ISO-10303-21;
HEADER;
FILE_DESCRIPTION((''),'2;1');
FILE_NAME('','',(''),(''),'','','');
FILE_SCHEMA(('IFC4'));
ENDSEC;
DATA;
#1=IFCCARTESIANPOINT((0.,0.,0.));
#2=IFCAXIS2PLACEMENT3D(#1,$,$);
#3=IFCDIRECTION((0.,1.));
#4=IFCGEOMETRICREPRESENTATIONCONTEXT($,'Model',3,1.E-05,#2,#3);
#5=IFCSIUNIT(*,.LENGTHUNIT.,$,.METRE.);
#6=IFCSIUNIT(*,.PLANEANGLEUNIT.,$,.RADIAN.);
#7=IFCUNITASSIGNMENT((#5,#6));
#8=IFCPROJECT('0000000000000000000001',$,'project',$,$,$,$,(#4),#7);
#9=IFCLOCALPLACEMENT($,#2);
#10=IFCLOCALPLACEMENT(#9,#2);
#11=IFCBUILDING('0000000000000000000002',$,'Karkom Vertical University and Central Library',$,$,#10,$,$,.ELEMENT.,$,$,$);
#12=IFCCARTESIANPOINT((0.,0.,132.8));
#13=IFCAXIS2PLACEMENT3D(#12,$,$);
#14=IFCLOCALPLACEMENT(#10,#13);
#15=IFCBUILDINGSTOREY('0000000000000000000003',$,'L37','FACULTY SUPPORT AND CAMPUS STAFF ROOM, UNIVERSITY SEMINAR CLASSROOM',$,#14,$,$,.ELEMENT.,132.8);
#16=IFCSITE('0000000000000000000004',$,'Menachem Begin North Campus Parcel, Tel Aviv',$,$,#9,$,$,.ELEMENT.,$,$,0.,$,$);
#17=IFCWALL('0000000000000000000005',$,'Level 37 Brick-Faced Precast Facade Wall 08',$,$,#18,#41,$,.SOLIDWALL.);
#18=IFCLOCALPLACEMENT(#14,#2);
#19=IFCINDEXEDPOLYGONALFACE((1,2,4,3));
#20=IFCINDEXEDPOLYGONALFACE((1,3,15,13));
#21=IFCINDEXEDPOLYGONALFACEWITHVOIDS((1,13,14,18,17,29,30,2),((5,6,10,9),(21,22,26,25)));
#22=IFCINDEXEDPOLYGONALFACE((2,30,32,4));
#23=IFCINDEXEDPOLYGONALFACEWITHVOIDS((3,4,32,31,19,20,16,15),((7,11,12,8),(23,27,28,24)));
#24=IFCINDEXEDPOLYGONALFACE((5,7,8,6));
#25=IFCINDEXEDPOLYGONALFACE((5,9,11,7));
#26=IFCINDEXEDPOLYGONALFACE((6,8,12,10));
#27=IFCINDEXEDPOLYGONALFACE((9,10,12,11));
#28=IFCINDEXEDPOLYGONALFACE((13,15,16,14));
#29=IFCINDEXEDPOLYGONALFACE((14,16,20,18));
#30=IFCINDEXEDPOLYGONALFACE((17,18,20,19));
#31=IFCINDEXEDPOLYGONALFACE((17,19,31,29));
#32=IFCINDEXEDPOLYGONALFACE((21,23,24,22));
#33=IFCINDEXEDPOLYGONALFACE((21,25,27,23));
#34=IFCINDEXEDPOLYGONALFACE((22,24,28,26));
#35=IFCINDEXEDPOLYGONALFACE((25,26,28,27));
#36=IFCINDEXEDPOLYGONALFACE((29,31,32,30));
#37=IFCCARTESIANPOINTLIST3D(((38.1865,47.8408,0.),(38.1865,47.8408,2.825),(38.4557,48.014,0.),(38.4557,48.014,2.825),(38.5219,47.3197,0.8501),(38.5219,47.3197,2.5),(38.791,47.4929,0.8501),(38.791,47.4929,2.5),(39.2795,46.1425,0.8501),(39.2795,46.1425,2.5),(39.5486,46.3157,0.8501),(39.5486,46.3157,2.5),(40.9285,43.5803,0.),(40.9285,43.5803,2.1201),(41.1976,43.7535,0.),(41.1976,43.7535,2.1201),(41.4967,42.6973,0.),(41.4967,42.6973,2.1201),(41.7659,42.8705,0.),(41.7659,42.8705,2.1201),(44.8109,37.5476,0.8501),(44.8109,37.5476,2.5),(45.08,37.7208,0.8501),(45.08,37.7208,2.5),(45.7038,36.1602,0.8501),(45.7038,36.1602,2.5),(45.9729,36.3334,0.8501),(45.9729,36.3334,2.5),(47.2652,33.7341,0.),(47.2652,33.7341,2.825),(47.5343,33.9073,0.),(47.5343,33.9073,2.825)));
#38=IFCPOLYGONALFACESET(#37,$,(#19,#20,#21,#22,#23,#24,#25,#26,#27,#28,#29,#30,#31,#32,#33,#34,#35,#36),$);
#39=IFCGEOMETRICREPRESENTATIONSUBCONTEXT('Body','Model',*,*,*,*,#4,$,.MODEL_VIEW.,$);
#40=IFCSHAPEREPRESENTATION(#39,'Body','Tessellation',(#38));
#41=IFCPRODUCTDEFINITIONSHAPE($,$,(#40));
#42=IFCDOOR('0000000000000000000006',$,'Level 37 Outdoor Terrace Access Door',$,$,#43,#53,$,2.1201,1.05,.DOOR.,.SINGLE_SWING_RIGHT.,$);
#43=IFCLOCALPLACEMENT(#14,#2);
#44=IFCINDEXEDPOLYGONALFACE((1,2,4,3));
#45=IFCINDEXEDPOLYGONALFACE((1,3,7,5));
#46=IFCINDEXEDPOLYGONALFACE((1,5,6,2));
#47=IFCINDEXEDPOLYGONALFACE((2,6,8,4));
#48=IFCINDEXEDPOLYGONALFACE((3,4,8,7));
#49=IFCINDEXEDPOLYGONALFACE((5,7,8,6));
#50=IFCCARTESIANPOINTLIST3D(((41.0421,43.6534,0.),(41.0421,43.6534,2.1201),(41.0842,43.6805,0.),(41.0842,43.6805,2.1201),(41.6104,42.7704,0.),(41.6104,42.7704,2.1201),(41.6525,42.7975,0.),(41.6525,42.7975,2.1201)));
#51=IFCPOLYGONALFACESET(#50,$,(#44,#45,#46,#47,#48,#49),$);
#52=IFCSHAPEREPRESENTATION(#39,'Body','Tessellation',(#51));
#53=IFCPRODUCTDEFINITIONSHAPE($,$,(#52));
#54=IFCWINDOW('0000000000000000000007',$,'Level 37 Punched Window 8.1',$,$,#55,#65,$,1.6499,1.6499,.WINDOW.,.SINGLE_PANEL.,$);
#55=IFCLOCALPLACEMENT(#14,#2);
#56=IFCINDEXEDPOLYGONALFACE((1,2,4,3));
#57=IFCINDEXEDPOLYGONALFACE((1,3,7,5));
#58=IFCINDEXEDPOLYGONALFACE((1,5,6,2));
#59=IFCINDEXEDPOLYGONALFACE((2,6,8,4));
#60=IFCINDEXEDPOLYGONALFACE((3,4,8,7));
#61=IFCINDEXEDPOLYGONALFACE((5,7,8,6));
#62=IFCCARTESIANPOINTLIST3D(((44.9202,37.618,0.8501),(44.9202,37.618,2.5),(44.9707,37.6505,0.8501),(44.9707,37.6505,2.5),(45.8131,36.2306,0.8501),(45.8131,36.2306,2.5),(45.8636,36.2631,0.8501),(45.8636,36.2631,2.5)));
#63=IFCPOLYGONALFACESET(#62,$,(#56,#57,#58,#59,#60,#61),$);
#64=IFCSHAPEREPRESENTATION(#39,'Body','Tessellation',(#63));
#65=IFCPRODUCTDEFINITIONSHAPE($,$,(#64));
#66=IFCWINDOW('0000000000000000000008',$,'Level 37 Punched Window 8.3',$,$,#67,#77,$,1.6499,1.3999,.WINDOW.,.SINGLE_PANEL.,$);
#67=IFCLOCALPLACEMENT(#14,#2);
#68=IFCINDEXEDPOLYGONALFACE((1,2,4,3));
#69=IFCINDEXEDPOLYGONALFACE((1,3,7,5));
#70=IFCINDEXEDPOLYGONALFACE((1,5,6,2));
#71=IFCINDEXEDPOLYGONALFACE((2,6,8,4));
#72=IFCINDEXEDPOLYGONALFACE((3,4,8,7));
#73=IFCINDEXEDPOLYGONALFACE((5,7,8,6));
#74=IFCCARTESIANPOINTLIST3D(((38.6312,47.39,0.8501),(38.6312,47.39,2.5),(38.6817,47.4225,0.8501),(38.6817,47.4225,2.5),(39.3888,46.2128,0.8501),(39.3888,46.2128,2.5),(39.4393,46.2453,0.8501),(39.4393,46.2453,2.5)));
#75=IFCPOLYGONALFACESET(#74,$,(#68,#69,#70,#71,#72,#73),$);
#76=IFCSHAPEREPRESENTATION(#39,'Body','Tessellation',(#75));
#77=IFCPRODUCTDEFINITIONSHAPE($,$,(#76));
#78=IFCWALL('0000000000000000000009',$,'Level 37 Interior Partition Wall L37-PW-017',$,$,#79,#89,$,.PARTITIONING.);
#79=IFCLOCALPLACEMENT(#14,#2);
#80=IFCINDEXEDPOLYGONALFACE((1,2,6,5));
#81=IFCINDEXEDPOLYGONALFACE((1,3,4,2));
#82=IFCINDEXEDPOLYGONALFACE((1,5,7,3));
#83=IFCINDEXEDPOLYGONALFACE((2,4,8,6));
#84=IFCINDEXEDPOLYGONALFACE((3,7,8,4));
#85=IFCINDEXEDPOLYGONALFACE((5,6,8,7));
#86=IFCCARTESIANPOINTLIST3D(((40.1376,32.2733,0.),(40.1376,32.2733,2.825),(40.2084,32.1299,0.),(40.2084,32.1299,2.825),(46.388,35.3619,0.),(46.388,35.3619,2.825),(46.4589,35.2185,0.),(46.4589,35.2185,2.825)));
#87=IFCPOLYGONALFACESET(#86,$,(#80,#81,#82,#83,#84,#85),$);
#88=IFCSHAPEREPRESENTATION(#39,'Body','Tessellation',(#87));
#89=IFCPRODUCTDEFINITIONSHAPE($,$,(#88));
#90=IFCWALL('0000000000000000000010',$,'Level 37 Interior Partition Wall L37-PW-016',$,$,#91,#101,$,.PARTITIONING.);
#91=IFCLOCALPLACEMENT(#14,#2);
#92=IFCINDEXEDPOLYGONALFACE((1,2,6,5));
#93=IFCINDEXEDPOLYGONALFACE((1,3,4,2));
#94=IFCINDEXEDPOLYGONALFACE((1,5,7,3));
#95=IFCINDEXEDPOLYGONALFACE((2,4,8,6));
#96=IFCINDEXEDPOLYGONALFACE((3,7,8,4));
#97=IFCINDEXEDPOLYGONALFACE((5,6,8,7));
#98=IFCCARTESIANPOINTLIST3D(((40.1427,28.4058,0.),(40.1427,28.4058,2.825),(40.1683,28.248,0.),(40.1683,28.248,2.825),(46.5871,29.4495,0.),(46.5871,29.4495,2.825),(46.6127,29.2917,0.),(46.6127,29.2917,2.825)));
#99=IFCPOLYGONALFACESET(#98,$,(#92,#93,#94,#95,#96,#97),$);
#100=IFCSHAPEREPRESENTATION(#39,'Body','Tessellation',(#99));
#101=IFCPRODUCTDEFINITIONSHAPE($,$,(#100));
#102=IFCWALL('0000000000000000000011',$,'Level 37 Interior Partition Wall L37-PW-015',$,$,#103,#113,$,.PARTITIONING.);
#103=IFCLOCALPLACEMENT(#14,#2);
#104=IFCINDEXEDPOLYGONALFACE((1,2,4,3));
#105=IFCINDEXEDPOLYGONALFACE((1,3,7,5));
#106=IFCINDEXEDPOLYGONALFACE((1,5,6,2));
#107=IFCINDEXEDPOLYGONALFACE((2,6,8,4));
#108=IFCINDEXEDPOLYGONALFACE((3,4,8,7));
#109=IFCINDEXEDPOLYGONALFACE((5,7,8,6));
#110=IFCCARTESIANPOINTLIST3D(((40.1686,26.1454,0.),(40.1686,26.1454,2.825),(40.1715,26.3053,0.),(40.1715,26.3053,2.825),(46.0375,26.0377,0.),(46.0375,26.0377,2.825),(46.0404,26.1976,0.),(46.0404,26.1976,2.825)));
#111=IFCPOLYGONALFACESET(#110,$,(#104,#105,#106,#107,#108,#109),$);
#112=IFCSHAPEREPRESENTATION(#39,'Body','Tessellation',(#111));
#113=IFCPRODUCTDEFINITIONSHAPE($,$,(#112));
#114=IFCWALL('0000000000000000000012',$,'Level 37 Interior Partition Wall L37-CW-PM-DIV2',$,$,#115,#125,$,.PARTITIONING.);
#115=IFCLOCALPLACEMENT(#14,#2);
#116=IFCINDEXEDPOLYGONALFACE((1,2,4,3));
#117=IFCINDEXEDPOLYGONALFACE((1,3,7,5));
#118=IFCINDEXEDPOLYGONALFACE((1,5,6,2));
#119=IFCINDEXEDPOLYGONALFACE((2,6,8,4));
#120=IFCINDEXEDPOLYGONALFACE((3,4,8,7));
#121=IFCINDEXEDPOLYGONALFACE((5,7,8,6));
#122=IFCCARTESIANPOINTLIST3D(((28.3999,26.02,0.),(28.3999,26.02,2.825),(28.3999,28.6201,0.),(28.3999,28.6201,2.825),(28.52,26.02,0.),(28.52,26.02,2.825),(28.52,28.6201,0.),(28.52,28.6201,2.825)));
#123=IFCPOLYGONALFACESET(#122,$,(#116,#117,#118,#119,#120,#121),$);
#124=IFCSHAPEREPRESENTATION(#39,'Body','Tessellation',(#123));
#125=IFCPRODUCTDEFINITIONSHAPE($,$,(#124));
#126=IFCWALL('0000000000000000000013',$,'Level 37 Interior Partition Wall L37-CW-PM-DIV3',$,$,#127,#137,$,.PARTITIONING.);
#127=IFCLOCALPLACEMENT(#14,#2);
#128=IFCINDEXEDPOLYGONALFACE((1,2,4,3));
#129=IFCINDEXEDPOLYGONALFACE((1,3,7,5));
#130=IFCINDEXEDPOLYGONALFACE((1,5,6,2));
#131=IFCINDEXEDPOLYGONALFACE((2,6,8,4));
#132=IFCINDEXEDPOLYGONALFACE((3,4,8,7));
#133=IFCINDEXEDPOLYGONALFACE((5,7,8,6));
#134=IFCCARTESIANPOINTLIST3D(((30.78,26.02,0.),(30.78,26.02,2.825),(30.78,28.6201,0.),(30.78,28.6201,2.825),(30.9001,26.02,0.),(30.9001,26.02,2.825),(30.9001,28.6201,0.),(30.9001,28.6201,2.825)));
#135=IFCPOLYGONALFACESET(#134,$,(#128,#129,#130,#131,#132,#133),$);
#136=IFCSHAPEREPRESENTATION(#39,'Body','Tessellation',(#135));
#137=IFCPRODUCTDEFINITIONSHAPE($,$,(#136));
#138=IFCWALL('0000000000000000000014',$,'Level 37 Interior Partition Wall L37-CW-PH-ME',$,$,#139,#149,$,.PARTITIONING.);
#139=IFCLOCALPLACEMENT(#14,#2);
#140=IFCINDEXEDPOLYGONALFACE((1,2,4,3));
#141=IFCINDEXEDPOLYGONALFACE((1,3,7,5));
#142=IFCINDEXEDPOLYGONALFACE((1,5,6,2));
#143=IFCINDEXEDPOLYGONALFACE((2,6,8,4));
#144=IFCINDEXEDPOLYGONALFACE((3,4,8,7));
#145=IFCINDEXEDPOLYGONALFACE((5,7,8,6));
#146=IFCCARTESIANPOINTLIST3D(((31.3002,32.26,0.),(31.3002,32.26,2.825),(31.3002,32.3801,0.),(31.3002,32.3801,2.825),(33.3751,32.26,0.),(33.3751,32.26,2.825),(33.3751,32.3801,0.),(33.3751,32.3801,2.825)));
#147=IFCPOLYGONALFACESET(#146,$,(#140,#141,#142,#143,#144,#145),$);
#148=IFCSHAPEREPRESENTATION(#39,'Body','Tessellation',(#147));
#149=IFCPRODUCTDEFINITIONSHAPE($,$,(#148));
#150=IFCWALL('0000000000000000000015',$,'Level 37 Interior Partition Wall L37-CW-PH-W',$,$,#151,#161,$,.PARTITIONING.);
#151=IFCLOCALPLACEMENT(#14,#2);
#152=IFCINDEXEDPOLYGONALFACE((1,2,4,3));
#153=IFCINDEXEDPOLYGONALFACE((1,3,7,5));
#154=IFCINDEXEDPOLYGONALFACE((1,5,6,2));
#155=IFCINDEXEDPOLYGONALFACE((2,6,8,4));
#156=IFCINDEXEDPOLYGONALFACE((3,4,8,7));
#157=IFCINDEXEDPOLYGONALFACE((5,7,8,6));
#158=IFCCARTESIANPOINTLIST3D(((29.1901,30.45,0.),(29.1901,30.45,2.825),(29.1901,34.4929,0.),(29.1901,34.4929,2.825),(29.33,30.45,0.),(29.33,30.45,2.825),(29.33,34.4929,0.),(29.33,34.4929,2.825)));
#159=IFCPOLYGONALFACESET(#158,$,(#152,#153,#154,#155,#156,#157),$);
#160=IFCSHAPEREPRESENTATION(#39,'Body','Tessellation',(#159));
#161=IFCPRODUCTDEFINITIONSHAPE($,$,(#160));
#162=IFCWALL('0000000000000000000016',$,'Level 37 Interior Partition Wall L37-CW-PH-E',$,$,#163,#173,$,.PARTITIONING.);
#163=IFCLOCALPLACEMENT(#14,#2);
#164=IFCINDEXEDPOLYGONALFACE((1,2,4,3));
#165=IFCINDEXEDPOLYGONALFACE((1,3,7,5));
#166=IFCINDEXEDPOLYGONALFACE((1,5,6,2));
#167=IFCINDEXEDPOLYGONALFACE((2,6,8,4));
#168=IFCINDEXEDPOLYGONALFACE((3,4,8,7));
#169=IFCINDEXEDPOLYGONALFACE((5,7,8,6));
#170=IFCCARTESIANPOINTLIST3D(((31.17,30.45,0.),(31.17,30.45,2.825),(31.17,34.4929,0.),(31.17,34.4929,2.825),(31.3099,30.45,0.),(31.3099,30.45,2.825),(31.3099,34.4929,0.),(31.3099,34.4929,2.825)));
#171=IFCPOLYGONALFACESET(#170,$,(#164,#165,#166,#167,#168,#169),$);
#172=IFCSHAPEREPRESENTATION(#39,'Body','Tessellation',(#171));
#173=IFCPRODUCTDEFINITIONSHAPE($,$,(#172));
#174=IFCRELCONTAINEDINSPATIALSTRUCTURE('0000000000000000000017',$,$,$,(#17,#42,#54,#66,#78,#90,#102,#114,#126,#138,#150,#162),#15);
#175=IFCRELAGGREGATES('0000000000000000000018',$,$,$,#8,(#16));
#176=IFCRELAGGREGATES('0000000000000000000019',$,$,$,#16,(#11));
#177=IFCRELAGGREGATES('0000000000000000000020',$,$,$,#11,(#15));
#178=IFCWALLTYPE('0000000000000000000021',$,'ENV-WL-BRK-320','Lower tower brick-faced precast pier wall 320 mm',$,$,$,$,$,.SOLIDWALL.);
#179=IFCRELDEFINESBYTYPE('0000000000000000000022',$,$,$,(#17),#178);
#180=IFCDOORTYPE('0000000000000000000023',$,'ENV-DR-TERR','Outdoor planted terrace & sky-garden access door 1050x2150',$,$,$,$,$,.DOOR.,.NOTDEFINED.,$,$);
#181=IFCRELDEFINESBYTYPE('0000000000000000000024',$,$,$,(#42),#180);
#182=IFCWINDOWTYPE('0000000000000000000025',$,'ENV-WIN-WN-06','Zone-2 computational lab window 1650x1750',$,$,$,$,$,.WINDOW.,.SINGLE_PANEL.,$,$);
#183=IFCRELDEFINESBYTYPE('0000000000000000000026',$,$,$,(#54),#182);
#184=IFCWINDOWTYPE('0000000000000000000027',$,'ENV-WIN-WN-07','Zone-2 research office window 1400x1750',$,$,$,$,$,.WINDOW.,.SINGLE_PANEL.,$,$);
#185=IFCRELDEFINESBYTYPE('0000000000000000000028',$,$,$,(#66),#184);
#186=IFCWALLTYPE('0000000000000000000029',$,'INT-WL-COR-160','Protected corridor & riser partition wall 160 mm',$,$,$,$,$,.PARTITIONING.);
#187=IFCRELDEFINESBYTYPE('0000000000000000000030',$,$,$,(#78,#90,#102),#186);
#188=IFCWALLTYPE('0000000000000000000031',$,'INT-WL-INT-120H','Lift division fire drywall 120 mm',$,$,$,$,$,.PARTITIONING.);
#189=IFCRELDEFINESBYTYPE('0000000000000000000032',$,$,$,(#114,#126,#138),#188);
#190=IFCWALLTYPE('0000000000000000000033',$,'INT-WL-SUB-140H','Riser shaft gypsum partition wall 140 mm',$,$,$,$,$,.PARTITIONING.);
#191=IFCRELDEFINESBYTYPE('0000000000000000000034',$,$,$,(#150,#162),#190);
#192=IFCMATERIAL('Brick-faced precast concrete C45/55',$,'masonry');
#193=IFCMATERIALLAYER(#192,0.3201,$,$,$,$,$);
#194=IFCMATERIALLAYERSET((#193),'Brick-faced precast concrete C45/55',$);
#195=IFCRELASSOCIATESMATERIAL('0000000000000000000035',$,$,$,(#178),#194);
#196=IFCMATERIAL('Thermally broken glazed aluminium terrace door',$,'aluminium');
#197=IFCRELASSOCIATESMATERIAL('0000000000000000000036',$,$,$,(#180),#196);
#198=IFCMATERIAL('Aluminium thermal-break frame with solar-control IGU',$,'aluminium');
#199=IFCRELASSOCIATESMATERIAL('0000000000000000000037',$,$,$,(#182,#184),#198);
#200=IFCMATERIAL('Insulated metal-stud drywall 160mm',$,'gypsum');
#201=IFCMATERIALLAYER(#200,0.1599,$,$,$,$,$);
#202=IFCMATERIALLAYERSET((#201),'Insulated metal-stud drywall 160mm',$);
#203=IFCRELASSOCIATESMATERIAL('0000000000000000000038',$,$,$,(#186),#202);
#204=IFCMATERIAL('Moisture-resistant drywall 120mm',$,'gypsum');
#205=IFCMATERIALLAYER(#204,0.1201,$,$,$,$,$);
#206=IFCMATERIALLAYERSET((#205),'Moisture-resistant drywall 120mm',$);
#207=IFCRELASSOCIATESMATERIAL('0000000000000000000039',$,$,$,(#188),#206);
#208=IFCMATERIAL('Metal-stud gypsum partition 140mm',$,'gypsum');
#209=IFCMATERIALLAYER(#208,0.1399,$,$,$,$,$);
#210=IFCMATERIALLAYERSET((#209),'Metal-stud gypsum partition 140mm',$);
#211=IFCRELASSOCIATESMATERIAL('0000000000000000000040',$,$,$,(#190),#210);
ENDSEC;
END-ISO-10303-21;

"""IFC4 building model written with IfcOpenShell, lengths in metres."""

from ifc_helpers import new_model, si_unit, direction, frame, frame_2d, origin, origin_with_axes, place, context, subcontext, project, spatial, rectangle, extrude, source, transform, mapped, material, layer, layer_set, type_object, element, fill, save


model = new_model("IFC4")

# Units and contexts
model_context = context("Model", 3, precision=1e-05, world=origin(), true_north=direction((0.0, 1.0)))
body_context = subcontext(model_context, "Body", "Model", "MODEL_VIEW")
ifc_project = project(units=[si_unit("LENGTHUNIT", "METRE"), si_unit("PLANEANGLEUNIT", "RADIAN")], contexts=[model_context])

# Site, building, storey
site_placement = place(None, origin())
site = spatial("IfcSite", under=ifc_project, at=site_placement, Name="Menachem Begin North Campus Parcel, Tel Aviv", CompositionType="ELEMENT", RefElevation=0.0)
building_placement = place(site_placement, origin())
building = spatial("IfcBuilding", under=site, at=building_placement, Name="Karkom Vertical University and Central Library", CompositionType="ELEMENT")
storey_placement = place(building_placement, frame((0.0, 0.0, 132.8)))
storey = spatial("IfcBuildingStorey", under=building, at=storey_placement, Name="L37", Description="FACULTY SUPPORT AND CAMPUS STAFF ROOM, UNIVERSITY SEMINAR CLASSROOM", CompositionType="ELEMENT", Elevation=132.8)

# Wall, openings, door, windows
ifc_material_1 = material(Name="Brick-faced precast concrete C45/55", Category="masonry")
ifc_layer_1 = layer(ifc_material_1, 0.3201)
ifc_layer_set_1 = layer_set([ifc_layer_1], Name="Brick-faced precast concrete C45/55")
wall_type_1 = type_object("IfcWallType", Name="ENV-WL-BRK-320", Description="Lower tower brick-faced precast pier wall 320 mm", PredefinedType="SOLIDWALL", material=ifc_layer_set_1)
wall_1_placement = place(storey_placement, frame((47.3997, 33.8208, 0.0), z_axis=(0.0, 0.0, 1.0), x_axis=(-0.54118, 0.840906, 0.0)))
wall_1 = element("IfcWall", 1, at=wall_1_placement, inside=storey, type_object=wall_type_1, Name="Level 37 Brick-Faced Precast Facade Wall 08", PredefinedType="SOLIDWALL", context=body_context, shape_type="SweptSolid", body=[
    extrude(rectangle(XDim=16.7756, YDim=0.3201, at=frame_2d((8.3877, 0.0))), origin(), (0.0, 0.0, 1.0), 2.825),
])
opening_1_placement = place(wall_1_placement, frame((2.885, 0.0, 0.8501)))
opening_1 = element("IfcOpeningElement", 2, at=opening_1_placement, cuts=wall_1, PredefinedType="OPENING", context=body_context, shape_type="SweptSolid", body=[
    extrude(rectangle(XDim=1.6499, YDim=1.6499, at=frame_2d((0.825, 0.825))), frame((0.0, 0.1699, 0.0), z_axis=(0.0, -1.0, 0.0), x_axis=(1.0, 0.0, 0.0)), (0.0, 0.0, 1.0), 0.3401),
])
opening_2_placement = place(wall_1_placement, frame((14.7559, 0.0, 0.8501)))
opening_2 = element("IfcOpeningElement", 3, at=opening_2_placement, cuts=wall_1, PredefinedType="OPENING", context=body_context, shape_type="SweptSolid", body=[
    extrude(rectangle(XDim=1.3999, YDim=1.6499, at=frame_2d((0.7, 0.825))), frame((0.0, 0.1699, 0.0), z_axis=(0.0, -1.0, 0.0), x_axis=(1.0, 0.0, 0.0)), (0.0, 0.0, 1.0), 0.3401),
])
opening_3_placement = place(wall_1_placement, frame((10.6589, 0.0, 0.0)))
opening_3 = element("IfcOpeningElement", 4, at=opening_3_placement, cuts=wall_1, PredefinedType="OPENING", context=body_context, shape_type="SweptSolid", body=[
    extrude(rectangle(XDim=1.05, YDim=2.1201, at=frame_2d((0.5249, 1.0601))), frame((0.0, 0.1699, 0.0), z_axis=(0.0, -1.0, 0.0), x_axis=(1.0, 0.0, 0.0)), (0.0, 0.0, 1.0), 0.3401),
])
ifc_material_2 = material(Name="Thermally broken glazed aluminium terrace door", Category="aluminium")
door_type_1 = type_object("IfcDoorType", Name="ENV-DR-TERR", Description="Outdoor planted terrace & sky-garden access door 1050x2150", OperationType="NOTDEFINED", PredefinedType="DOOR", material=ifc_material_2)
shared_shape_1 = source(origin_with_axes(), body_context, "Body", "SweptSolid", [
    extrude(rectangle(XDim=1.05, YDim=2.1201, at=frame_2d((0.5249, 1.0601))), frame((0.0, 0.0249, 0.0), z_axis=(0.0, -1.0, 0.0), x_axis=(1.0, 0.0, 0.0)), (0.0, 0.0, 1.0), 0.05),
])
door_1_placement = place(opening_3_placement, origin())
door_1 = element("IfcDoor", 5, at=door_1_placement, inside=storey, type_object=door_type_1, Name="Level 37 Outdoor Terrace Access Door", OperationType="SINGLE_SWING_RIGHT", OverallHeight=2.1201, OverallWidth=1.05, PredefinedType="DOOR", context=body_context, shape_type="MappedRepresentation", body=[
    mapped(shared_shape_1, transform((0.0, 0.0, 0.0), scale=1.0)),
])
fill(opening_3, door_1)
ifc_material_3 = material(Name="Aluminium thermal-break frame with solar-control IGU", Category="aluminium")
window_type_1 = type_object("IfcWindowType", Name="ENV-WIN-WN-06", Description="Zone-2 computational lab window 1650x1750", PartitioningType="SINGLE_PANEL", PredefinedType="WINDOW", material=ifc_material_3)
shared_shape_2 = source(origin_with_axes(), body_context, "Body", "SweptSolid", [
    extrude(rectangle(XDim=1.6499, YDim=1.6499, at=frame_2d((0.825, 0.825))), frame((0.0, 0.03, 0.0), z_axis=(0.0, -1.0, 0.0), x_axis=(1.0, 0.0, 0.0)), (0.0, 0.0, 1.0), 0.0601),
])
window_1_placement = place(opening_1_placement, origin())
window_1 = element("IfcWindow", 6, at=window_1_placement, inside=storey, type_object=window_type_1, Name="Level 37 Punched Window 8.1", OverallHeight=1.6499, OverallWidth=1.6499, PartitioningType="SINGLE_PANEL", PredefinedType="WINDOW", context=body_context, shape_type="MappedRepresentation", body=[
    mapped(shared_shape_2, transform((0.0, 0.0, 0.0), scale=1.0)),
])
fill(opening_1, window_1)
window_type_2 = type_object("IfcWindowType", Name="ENV-WIN-WN-07", Description="Zone-2 research office window 1400x1750", PartitioningType="SINGLE_PANEL", PredefinedType="WINDOW", material=ifc_material_3)
shared_shape_3 = source(origin_with_axes(), body_context, "Body", "SweptSolid", [
    extrude(rectangle(XDim=1.3999, YDim=1.6499, at=frame_2d((0.7, 0.825))), frame((0.0, 0.03, 0.0), z_axis=(0.0, -1.0, 0.0), x_axis=(1.0, 0.0, 0.0)), (0.0, 0.0, 1.0), 0.0601),
])
window_2_placement = place(opening_2_placement, origin())
window_2 = element("IfcWindow", 7, at=window_2_placement, inside=storey, type_object=window_type_2, Name="Level 37 Punched Window 8.3", OverallHeight=1.6499, OverallWidth=1.3999, PartitioningType="SINGLE_PANEL", PredefinedType="WINDOW", context=body_context, shape_type="MappedRepresentation", body=[
    mapped(shared_shape_3, transform((0.0, 0.0, 0.0), scale=1.0)),
])
fill(opening_2, window_2)

# Walls
ifc_material_4 = material(Name="Insulated metal-stud drywall 160mm", Category="gypsum")
ifc_layer_2 = layer(ifc_material_4, 0.1599)
ifc_layer_set_2 = layer_set([ifc_layer_2], Name="Insulated metal-stud drywall 160mm")
wall_type_2 = type_object("IfcWallType", Name="INT-WL-COR-160", Description="Protected corridor & riser partition wall 160 mm", PredefinedType="PARTITIONING", material=ifc_layer_set_2)
wall_2_placement = place(storey_placement, frame((40.1731, 32.2017, 0.0), z_axis=(0.0, 0.0, 1.0), x_axis=(0.896518, 0.443007, 0.0)))
element("IfcWall", 8, at=wall_2_placement, inside=storey, type_object=wall_type_2, Name="Level 37 Interior Partition Wall L37-PW-017", PredefinedType="PARTITIONING", context=body_context, shape_type="SweptSolid", body=[
    extrude(rectangle(XDim=6.9719, YDim=0.1599, at=frame_2d((3.4858, 0.0))), origin(), (0.0, 0.0, 1.0), 2.825),
])
wall_3_placement = place(storey_placement, frame((40.1555, 28.3269, 0.0), z_axis=(0.0, 0.0, 1.0), x_axis=(0.987138, 0.159873, 0.0)))
element("IfcWall", 9, at=wall_3_placement, inside=storey, type_object=wall_type_2, Name="Level 37 Interior Partition Wall L37-PW-016", PredefinedType="PARTITIONING", context=body_context, shape_type="SweptSolid", body=[
    extrude(rectangle(XDim=6.5283, YDim=0.1599, at=frame_2d((3.2642, 0.0))), origin(), (0.0, 0.0, 1.0), 2.825),
])
wall_4_placement = place(storey_placement, frame((40.1699, 26.2253, 0.0), z_axis=(0.0, 0.0, 1.0), x_axis=(0.999832, -0.018342, 0.0)))
element("IfcWall", 10, at=wall_4_placement, inside=storey, type_object=wall_type_2, Name="Level 37 Interior Partition Wall L37-PW-015", PredefinedType="PARTITIONING", context=body_context, shape_type="SweptSolid", body=[
    extrude(rectangle(XDim=5.8699, YDim=0.1599, at=frame_2d((2.9351, 0.0))), origin(), (0.0, 0.0, 1.0), 2.825),
])
ifc_material_5 = material(Name="Moisture-resistant drywall 120mm", Category="gypsum")
ifc_layer_3 = layer(ifc_material_5, 0.1201)
ifc_layer_set_3 = layer_set([ifc_layer_3], Name="Moisture-resistant drywall 120mm")
wall_type_3 = type_object("IfcWallType", Name="INT-WL-INT-120H", Description="Lift division fire drywall 120 mm", PredefinedType="PARTITIONING", material=ifc_layer_set_3)
for number, where, z_axis, x_axis, name in (
    (11, (28.46, 26.02, 0.0), (0.0, 0.0, 1.0), (0.0, 1.0, 0.0), "Level 37 Interior Partition Wall L37-CW-PM-DIV2"),
    (12, (30.8401, 26.02, 0.0), (0.0, 0.0, 1.0), (0.0, 1.0, 0.0), "Level 37 Interior Partition Wall L37-CW-PM-DIV3"),
):
    element("IfcWall", number, at=place(storey_placement, frame(where, z_axis=z_axis, x_axis=x_axis)), inside=storey, type_object=wall_type_3, Name=name, PredefinedType="PARTITIONING", context=body_context, shape_type="SweptSolid", body=[
        extrude(rectangle(XDim=2.6001, YDim=0.1201, at=frame_2d((1.3, 0.0))), origin(), (0.0, 0.0, 1.0), 2.825),
    ])
wall_5_placement = place(storey_placement, frame((31.3, 32.3201, 0.0), z_axis=(0.0, 0.0, 1.0), x_axis=(1.0, 0.0, 0.0)))
element("IfcWall", 13, at=wall_5_placement, inside=storey, type_object=wall_type_3, Name="Level 37 Interior Partition Wall L37-CW-PH-ME", PredefinedType="PARTITIONING", context=body_context, shape_type="SweptSolid", body=[
    extrude(rectangle(XDim=2.075, YDim=0.1201, at=frame_2d((1.0376, 0.0))), origin(), (0.0, 0.0, 1.0), 2.825),
])
ifc_material_6 = material(Name="Metal-stud gypsum partition 140mm", Category="gypsum")
ifc_layer_4 = layer(ifc_material_6, 0.1399)
ifc_layer_set_4 = layer_set([ifc_layer_4], Name="Metal-stud gypsum partition 140mm")
wall_type_4 = type_object("IfcWallType", Name="INT-WL-SUB-140H", Description="Riser shaft gypsum partition wall 140 mm", PredefinedType="PARTITIONING", material=ifc_layer_set_4)
for number, where, z_axis, x_axis, name in (
    (14, (29.26, 30.45, 0.0), (0.0, 0.0, 1.0), (0.0, 1.0, 0.0), "Level 37 Interior Partition Wall L37-CW-PH-W"),
    (15, (31.24, 30.45, 0.0), (0.0, 0.0, 1.0), (0.0, 1.0, 0.0), "Level 37 Interior Partition Wall L37-CW-PH-E"),
):
    element("IfcWall", number, at=place(storey_placement, frame(where, z_axis=z_axis, x_axis=x_axis)), inside=storey, type_object=wall_type_4, Name=name, PredefinedType="PARTITIONING", context=body_context, shape_type="SweptSolid", body=[
        extrude(rectangle(XDim=4.043, YDim=0.1399, at=frame_2d((2.0215, 0.0))), origin(), (0.0, 0.0, 1.0), 2.825),
    ])

save(model, "model.ifc")
